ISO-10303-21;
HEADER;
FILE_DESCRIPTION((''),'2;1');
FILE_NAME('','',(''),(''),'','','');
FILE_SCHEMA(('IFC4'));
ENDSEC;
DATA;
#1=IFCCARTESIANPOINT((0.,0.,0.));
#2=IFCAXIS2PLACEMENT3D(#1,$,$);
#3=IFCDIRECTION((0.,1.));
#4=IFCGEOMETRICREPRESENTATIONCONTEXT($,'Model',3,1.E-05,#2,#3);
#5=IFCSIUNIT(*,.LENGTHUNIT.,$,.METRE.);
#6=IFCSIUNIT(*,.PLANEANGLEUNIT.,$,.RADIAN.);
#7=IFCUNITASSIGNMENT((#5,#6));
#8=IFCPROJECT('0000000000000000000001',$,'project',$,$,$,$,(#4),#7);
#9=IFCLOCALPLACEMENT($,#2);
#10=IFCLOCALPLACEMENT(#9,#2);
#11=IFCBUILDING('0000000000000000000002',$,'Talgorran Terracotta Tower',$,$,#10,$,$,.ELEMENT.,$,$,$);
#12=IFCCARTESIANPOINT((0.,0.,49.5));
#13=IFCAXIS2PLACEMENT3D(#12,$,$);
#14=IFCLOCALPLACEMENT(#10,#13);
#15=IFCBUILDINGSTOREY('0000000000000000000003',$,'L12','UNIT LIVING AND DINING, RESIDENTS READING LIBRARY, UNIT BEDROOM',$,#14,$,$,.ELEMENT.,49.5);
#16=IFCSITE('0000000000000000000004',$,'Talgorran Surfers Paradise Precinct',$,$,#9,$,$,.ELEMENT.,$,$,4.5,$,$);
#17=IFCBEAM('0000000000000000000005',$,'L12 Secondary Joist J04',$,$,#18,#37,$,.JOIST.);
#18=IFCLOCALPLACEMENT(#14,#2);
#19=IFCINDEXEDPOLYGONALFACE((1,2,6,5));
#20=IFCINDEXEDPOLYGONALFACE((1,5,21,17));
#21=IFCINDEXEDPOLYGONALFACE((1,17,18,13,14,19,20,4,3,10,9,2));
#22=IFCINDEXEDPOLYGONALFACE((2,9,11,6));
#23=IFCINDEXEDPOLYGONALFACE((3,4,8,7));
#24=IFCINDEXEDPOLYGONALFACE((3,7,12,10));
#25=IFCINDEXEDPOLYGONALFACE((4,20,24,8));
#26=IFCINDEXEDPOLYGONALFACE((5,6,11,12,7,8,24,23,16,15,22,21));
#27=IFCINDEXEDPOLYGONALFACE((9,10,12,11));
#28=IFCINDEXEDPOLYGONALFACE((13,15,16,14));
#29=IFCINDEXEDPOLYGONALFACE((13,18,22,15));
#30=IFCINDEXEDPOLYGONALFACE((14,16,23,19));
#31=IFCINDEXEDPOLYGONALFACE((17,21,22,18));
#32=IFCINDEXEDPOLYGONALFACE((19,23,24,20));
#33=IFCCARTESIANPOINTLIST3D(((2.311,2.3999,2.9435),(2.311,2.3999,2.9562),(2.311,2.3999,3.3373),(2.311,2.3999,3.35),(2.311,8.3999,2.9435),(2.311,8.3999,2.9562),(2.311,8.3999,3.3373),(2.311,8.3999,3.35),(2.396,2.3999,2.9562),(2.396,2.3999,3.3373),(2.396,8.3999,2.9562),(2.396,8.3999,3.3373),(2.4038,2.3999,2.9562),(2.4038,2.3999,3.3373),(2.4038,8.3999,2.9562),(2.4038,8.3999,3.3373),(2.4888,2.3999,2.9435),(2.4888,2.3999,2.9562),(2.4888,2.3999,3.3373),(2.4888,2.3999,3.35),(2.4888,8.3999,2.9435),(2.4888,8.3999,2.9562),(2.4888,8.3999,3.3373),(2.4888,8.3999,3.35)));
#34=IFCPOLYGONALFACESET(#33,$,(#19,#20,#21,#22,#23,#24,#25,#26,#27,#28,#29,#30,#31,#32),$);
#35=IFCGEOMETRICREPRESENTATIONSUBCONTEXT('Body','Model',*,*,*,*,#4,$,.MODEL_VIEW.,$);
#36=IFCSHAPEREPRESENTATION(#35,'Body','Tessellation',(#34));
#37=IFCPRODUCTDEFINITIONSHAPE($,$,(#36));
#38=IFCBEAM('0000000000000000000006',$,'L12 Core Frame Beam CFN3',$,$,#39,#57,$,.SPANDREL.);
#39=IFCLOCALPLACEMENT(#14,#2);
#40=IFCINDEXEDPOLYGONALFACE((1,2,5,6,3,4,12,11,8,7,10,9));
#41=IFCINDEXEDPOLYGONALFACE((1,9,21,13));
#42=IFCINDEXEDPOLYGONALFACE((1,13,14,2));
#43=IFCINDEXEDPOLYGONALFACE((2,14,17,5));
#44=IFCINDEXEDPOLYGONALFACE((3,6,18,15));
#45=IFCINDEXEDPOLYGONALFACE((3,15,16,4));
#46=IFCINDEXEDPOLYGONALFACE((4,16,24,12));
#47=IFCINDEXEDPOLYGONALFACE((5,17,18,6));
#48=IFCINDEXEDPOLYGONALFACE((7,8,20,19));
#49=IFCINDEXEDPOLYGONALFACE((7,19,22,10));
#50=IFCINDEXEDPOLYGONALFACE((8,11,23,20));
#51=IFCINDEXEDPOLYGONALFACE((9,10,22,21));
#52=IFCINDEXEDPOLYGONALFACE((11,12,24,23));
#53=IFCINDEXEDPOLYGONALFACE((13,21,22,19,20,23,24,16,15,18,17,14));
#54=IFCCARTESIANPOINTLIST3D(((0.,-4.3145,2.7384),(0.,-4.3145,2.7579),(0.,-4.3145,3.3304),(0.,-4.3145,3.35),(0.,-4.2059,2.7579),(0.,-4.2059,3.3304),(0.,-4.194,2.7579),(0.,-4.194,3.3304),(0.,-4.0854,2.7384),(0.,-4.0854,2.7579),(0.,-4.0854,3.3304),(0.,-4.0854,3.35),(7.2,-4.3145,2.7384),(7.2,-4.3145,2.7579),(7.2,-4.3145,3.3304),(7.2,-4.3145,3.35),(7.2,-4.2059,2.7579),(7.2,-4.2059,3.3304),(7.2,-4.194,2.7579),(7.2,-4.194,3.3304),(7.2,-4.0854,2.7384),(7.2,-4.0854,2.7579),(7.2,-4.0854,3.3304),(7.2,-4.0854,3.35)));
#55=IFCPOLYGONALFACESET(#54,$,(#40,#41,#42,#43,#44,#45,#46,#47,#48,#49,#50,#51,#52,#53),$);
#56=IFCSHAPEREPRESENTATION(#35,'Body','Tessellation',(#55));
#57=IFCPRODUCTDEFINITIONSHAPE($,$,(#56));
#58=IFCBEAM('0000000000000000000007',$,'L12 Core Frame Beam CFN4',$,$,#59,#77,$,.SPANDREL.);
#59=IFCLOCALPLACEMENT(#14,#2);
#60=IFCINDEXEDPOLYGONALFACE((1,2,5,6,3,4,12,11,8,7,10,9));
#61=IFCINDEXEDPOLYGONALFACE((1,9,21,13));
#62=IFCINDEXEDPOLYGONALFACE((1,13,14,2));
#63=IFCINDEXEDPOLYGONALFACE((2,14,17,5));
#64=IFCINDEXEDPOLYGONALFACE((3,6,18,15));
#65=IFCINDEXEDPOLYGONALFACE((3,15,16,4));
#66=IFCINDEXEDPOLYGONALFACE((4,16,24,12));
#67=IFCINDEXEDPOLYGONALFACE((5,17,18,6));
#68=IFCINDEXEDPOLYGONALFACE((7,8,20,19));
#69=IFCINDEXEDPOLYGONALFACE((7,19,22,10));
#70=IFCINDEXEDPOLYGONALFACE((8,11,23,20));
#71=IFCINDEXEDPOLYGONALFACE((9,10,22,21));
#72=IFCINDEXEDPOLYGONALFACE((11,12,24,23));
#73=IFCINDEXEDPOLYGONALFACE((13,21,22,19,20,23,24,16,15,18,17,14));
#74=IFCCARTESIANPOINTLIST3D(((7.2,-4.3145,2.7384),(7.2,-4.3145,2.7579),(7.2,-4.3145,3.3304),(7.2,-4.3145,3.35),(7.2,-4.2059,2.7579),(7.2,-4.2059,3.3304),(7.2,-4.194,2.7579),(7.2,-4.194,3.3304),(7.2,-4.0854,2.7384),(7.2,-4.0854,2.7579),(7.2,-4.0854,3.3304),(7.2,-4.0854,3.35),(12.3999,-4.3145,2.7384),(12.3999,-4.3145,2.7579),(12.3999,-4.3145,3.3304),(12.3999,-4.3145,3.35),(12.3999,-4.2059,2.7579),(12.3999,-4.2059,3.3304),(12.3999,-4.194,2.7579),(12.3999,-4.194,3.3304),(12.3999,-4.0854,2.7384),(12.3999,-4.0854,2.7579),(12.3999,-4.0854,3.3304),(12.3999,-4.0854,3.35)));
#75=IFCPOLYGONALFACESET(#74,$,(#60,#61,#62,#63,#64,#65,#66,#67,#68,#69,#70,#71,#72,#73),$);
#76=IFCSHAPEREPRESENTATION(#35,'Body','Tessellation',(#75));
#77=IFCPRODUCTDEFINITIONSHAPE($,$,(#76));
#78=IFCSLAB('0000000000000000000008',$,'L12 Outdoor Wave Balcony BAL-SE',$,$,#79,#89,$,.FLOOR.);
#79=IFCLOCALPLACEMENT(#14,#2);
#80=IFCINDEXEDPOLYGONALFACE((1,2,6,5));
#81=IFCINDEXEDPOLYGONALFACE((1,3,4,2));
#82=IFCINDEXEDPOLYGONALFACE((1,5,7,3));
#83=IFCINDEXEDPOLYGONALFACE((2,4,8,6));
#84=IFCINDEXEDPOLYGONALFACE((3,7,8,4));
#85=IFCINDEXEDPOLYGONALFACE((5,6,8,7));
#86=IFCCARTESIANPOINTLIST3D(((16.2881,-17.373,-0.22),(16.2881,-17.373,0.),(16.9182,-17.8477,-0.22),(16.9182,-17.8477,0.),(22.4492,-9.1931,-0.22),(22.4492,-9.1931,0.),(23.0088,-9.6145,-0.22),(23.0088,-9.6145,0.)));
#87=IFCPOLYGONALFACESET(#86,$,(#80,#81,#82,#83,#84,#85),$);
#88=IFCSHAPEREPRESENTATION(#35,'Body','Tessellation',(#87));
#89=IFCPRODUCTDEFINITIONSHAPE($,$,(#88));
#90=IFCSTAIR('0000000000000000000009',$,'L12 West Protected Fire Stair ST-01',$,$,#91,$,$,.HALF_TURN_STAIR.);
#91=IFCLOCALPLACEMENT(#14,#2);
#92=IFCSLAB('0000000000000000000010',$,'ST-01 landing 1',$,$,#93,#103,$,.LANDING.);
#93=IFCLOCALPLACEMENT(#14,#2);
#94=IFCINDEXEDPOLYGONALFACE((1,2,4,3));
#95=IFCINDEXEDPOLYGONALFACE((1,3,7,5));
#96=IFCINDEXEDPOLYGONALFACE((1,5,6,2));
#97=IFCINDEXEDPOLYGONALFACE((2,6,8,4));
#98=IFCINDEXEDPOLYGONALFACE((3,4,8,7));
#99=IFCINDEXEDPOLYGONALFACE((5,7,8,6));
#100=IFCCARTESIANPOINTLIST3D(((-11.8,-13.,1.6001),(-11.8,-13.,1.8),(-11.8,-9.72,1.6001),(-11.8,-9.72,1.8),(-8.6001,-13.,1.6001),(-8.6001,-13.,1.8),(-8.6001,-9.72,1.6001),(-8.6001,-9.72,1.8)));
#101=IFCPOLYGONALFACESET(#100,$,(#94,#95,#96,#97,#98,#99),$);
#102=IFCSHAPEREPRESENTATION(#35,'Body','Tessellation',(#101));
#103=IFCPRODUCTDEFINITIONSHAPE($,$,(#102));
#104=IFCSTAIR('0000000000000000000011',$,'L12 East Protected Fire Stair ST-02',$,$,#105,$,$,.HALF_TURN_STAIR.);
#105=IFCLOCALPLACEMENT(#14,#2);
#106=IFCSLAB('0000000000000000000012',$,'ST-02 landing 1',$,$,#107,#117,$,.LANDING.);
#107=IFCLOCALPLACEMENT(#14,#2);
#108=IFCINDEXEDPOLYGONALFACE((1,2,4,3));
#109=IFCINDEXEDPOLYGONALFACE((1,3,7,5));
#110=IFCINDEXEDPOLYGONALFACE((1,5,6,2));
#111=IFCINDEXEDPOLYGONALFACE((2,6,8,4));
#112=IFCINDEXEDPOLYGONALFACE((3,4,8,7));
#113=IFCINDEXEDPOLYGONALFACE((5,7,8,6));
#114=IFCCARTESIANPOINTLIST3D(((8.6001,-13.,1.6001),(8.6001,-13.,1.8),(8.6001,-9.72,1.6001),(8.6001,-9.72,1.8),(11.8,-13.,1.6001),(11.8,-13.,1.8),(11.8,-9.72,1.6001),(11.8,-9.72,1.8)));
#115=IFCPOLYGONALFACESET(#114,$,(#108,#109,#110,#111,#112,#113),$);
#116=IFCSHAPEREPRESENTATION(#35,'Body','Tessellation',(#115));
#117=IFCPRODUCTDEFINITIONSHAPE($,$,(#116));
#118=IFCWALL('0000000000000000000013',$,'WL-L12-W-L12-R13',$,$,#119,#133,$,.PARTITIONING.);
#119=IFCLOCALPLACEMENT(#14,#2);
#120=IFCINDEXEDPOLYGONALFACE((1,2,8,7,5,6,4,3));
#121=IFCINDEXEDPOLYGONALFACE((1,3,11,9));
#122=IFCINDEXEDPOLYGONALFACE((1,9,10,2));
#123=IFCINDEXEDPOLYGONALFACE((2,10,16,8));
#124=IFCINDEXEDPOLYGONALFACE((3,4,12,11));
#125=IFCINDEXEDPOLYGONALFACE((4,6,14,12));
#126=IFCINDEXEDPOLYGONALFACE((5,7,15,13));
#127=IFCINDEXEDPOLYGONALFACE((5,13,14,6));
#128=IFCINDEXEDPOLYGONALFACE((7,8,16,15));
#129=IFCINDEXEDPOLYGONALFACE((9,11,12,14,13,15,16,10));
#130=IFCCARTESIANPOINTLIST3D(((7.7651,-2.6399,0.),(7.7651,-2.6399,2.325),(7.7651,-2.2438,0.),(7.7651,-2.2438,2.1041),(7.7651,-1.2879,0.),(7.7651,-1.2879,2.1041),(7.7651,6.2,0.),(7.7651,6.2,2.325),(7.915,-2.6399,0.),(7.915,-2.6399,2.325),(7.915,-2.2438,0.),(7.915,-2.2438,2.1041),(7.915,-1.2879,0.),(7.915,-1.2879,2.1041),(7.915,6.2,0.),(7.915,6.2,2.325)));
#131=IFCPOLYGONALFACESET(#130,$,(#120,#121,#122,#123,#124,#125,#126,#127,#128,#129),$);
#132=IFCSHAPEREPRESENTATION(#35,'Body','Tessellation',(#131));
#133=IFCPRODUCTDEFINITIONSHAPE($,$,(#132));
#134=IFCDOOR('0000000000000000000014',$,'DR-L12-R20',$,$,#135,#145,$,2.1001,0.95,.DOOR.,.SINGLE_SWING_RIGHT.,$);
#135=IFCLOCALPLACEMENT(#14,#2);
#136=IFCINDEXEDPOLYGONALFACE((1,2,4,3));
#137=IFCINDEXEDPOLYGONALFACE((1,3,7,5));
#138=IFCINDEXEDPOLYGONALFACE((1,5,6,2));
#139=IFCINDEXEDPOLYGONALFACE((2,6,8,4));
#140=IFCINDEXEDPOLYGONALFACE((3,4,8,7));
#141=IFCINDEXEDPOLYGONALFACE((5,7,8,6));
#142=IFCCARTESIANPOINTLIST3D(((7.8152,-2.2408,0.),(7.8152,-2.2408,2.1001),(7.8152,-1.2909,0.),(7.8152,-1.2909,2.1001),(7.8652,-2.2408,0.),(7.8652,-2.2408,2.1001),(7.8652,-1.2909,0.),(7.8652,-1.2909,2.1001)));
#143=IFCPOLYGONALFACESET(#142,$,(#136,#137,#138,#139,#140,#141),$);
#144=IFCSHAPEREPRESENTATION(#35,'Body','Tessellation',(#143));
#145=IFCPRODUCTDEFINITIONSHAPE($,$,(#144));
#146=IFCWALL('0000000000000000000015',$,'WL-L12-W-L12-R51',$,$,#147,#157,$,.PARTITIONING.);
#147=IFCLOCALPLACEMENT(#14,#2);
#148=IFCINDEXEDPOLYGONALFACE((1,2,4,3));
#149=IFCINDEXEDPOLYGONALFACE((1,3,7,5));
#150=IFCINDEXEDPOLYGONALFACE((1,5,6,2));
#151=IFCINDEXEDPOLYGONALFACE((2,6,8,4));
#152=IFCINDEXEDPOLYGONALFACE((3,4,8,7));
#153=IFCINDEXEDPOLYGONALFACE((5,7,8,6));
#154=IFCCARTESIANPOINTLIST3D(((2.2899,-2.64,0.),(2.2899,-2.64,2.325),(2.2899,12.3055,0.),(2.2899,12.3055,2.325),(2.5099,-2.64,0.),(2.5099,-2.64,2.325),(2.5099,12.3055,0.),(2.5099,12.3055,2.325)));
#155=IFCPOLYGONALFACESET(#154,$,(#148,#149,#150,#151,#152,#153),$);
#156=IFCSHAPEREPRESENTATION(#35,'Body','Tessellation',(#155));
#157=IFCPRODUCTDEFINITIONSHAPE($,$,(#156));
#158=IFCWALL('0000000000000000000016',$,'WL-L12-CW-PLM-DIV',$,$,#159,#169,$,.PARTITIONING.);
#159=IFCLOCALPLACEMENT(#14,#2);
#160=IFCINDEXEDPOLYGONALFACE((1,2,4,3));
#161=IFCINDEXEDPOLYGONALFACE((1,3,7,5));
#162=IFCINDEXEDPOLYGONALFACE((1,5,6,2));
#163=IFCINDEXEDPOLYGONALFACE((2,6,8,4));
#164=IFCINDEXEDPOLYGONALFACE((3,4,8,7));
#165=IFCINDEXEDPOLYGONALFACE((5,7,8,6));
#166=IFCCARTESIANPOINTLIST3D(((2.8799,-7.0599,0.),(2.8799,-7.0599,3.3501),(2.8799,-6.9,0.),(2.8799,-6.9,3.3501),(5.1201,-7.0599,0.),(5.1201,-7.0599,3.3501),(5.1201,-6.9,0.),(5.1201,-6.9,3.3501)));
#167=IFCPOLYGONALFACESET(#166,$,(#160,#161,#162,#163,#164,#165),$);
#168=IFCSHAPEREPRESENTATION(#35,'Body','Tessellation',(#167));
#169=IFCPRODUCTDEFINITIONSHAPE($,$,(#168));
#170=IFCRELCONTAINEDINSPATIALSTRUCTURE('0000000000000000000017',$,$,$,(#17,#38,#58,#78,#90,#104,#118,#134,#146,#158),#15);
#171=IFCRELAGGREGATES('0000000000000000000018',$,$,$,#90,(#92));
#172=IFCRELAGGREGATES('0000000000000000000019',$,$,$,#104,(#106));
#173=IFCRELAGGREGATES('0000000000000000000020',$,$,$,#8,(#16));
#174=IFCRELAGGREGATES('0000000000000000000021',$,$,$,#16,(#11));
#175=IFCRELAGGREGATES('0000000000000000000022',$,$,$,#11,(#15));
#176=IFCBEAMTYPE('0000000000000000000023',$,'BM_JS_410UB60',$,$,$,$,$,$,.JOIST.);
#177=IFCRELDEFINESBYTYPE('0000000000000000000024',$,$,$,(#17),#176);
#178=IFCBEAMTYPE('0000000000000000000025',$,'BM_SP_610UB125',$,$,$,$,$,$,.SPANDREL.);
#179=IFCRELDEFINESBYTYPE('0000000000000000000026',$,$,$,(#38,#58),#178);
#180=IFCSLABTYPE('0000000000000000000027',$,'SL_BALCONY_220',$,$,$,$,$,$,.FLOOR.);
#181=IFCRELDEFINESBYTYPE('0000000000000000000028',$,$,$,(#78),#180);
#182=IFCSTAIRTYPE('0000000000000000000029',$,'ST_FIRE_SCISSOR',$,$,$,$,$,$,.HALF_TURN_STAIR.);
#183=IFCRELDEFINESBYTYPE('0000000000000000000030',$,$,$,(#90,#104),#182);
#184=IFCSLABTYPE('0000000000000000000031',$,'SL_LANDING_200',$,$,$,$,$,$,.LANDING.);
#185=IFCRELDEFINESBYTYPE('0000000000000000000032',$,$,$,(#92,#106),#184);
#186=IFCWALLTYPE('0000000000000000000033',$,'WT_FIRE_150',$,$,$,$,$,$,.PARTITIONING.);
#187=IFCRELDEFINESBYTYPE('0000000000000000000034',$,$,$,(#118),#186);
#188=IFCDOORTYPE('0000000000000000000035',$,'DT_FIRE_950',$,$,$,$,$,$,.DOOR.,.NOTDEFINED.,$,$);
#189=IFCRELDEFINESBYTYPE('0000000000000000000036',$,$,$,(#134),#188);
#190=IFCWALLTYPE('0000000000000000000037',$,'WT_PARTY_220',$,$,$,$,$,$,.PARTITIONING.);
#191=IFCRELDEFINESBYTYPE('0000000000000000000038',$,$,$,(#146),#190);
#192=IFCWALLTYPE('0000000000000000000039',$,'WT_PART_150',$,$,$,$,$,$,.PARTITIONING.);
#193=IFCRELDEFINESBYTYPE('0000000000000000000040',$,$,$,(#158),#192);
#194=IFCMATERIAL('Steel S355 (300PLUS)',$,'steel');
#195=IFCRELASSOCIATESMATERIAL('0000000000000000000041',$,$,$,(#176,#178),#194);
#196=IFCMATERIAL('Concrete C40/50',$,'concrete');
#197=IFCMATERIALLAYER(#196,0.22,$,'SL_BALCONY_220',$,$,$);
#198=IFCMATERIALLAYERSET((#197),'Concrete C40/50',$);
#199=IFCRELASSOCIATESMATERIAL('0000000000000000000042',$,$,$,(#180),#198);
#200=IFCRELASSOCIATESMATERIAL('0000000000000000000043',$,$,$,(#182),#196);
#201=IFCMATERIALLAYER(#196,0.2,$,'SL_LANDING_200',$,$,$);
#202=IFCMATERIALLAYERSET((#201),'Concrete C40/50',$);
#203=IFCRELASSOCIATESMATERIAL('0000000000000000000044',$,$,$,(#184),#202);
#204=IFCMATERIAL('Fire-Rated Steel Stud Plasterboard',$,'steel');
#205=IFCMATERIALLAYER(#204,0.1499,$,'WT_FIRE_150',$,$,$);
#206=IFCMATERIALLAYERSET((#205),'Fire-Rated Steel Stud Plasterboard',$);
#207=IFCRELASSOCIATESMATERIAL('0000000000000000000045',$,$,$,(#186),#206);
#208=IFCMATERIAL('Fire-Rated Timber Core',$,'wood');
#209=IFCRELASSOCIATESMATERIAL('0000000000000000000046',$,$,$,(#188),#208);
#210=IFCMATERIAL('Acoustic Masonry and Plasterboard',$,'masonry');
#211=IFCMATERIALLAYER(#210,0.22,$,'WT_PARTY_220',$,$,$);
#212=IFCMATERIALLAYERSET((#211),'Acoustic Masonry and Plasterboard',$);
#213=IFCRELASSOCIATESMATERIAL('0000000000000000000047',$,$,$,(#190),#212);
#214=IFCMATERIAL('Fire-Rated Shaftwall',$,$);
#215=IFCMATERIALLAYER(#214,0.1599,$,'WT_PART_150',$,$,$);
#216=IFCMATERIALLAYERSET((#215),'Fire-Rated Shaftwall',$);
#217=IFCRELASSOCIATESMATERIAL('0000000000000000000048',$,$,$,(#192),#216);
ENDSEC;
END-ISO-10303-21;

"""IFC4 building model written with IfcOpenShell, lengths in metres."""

from ifc_helpers import new_model, si_unit, direction, frame, frame_2d, origin, origin_2d, place, context, subcontext, project, spatial, polyline, rectangle, i_section, outline, extrude, material, layer, layer_set, material_profile, profile_set, type_object, element, fill, aggregate, save


model = new_model("IFC4")

# Units and contexts
model_context = context("Model", 3, precision=1e-05, world=origin(), true_north=direction((0.0, 1.0)))
body_context = subcontext(model_context, "Body", "Model", "MODEL_VIEW")
ifc_project = project(units=[si_unit("LENGTHUNIT", "METRE"), si_unit("PLANEANGLEUNIT", "RADIAN")], contexts=[model_context])

# Site, building, storey
site_placement = place(None, origin())
site = spatial("IfcSite", under=ifc_project, at=site_placement, Name="Talgorran Surfers Paradise Precinct", CompositionType="ELEMENT", RefElevation=4.5)
building_placement = place(site_placement, origin())
building = spatial("IfcBuilding", under=site, at=building_placement, Name="Talgorran Terracotta Tower", CompositionType="ELEMENT")
storey_placement = place(building_placement, frame((0.0, 0.0, 49.5)))
storey = spatial("IfcBuildingStorey", under=building, at=storey_placement, Name="L12", Description="UNIT LIVING AND DINING, RESIDENTS READING LIBRARY, UNIT BEDROOM", CompositionType="ELEMENT", Elevation=49.5)

# Shared definitions
ifc_material_1 = material(Name="Steel S355 (300PLUS)", Category="steel")

# Beams
ifc_material_profile_1 = material_profile(ifc_material_1, i_section(OverallWidth=0.1777, OverallDepth=0.4065, WebThickness=0.0078, FlangeThickness=0.0127, at=origin_2d()), Name="410UB59.7")
ifc_profile_set_1 = profile_set([ifc_material_profile_1], Name="Steel S355 (300PLUS)")
beam_type_1 = type_object("IfcBeamType", Name="BM_JS_410UB60", PredefinedType="JOIST", material=ifc_profile_set_1)
beam_1_placement = place(storey_placement, frame((2.3999, 2.3999, 3.1467), z_axis=(0.0, 1.0, 0.0), x_axis=(-1.0, 0.0, 0.0)))
element("IfcBeam", 1, at=beam_1_placement, inside=storey, type_object=beam_type_1, Name="L12 Secondary Joist J04", PredefinedType="JOIST", context=body_context, shape_type="SweptSolid", body=[
    extrude(i_section(OverallWidth=0.1777, OverallDepth=0.4065, WebThickness=0.0078, FlangeThickness=0.0127, at=origin_2d()), origin(), (0.0, 0.0, 1.0), 6.0),
])
ifc_material_profile_2 = material_profile(ifc_material_1, i_section(OverallWidth=0.229, OverallDepth=0.6116, WebThickness=0.012, FlangeThickness=0.0195, at=origin_2d()), Name="610UB125")
ifc_profile_set_2 = profile_set([ifc_material_profile_2], Name="Steel S355 (300PLUS)")
beam_type_2 = type_object("IfcBeamType", Name="BM_SP_610UB125", PredefinedType="SPANDREL", material=ifc_profile_set_2)
beam_2_placement = place(storey_placement, frame((0.0, -4.2, 3.0442), z_axis=(1.0, 0.0, 0.0), x_axis=(0.0, 1.0, 0.0)))
element("IfcBeam", 2, at=beam_2_placement, inside=storey, type_object=beam_type_2, Name="L12 Core Frame Beam CFN3", PredefinedType="SPANDREL", context=body_context, shape_type="SweptSolid", body=[
    extrude(i_section(OverallWidth=0.229, OverallDepth=0.6116, WebThickness=0.012, FlangeThickness=0.0195, at=origin_2d()), origin(), (0.0, 0.0, 1.0), 7.2),
])
beam_3_placement = place(storey_placement, frame((7.2, -4.2, 3.0442), z_axis=(1.0, 0.0, 0.0), x_axis=(0.0, 1.0, 0.0)))
element("IfcBeam", 3, at=beam_3_placement, inside=storey, type_object=beam_type_2, Name="L12 Core Frame Beam CFN4", PredefinedType="SPANDREL", context=body_context, shape_type="SweptSolid", body=[
    extrude(i_section(OverallWidth=0.229, OverallDepth=0.6116, WebThickness=0.012, FlangeThickness=0.0195, at=origin_2d()), origin(), (0.0, 0.0, 1.0), 5.2),
])

# Slab
ifc_material_2 = material(Name="Concrete C40/50", Category="concrete")
ifc_layer_1 = layer(ifc_material_2, 0.22, Name="SL_BALCONY_220")
ifc_layer_set_1 = layer_set([ifc_layer_1], Name="Concrete C40/50")
slab_type_1 = type_object("IfcSlabType", Name="SL_BALCONY_220", PredefinedType="FLOOR", material=ifc_layer_set_1)
slab_1_placement = place(storey_placement, frame((0.0, 0.0, -0.22)))
element("IfcSlab", 4, at=slab_1_placement, inside=storey, type_object=slab_type_1, Name="L12 Outdoor Wave Balcony BAL-SE", PredefinedType="FLOOR", context=body_context, shape_type="SweptSolid", body=[
    extrude(outline(polyline([(22.4492, -9.1931), (16.2881, -17.373), (16.9182, -17.8477), (23.0088, -9.6145), (22.4492, -9.1931)])), origin(), (0.0, 0.0, 1.0), 0.22),
])

# Stairs, slabs
stair_type = type_object("IfcStairType", Name="ST_FIRE_SCISSOR", PredefinedType="HALF_TURN_STAIR", material=ifc_material_2)
stair_1_placement = place(storey_placement, origin())
stair_1 = element("IfcStair", 5, at=stair_1_placement, inside=storey, type_object=stair_type, Name="L12 West Protected Fire Stair ST-01", PredefinedType="HALF_TURN_STAIR")
ifc_layer_2 = layer(ifc_material_2, 0.2, Name="SL_LANDING_200")
ifc_layer_set_2 = layer_set([ifc_layer_2], Name="Concrete C40/50")
slab_type_2 = type_object("IfcSlabType", Name="SL_LANDING_200", PredefinedType="LANDING", material=ifc_layer_set_2)
slab_2_placement = place(storey_placement, frame((0.0, 0.0, 1.6001)))
slab_2 = element("IfcSlab", 6, at=slab_2_placement, type_object=slab_type_2, Name="ST-01 landing 1", PredefinedType="LANDING", context=body_context, shape_type="SweptSolid", body=[
    extrude(outline(polyline([(-11.8, -9.72), (-11.8, -13.0), (-8.6001, -13.0), (-8.6001, -9.72), (-11.8, -9.72)])), origin(), (0.0, 0.0, 1.0), 0.2),
])
aggregate(stair_1, [slab_2])
stair_2_placement = place(storey_placement, origin())
stair_2 = element("IfcStair", 7, at=stair_2_placement, inside=storey, type_object=stair_type, Name="L12 East Protected Fire Stair ST-02", PredefinedType="HALF_TURN_STAIR")
slab_3_placement = place(storey_placement, frame((0.0, 0.0, 1.6001)))
slab_3 = element("IfcSlab", 8, at=slab_3_placement, type_object=slab_type_2, Name="ST-02 landing 1", PredefinedType="LANDING", context=body_context, shape_type="SweptSolid", body=[
    extrude(outline(polyline([(8.6001, -9.72), (8.6001, -13.0), (11.8, -13.0), (11.8, -9.72), (8.6001, -9.72)])), origin(), (0.0, 0.0, 1.0), 0.2),
])
aggregate(stair_2, [slab_3])

# Wall, opening, door
ifc_material_3 = material(Name="Fire-Rated Steel Stud Plasterboard", Category="steel")
ifc_layer_3 = layer(ifc_material_3, 0.1499, Name="WT_FIRE_150")
ifc_layer_set_3 = layer_set([ifc_layer_3], Name="Fire-Rated Steel Stud Plasterboard")
wall_type_1 = type_object("IfcWallType", Name="WT_FIRE_150", PredefinedType="PARTITIONING", material=ifc_layer_set_3)
wall_1_placement = place(storey_placement, frame((7.8401, -2.6399, 0.0), z_axis=(0.0, 0.0, 1.0), x_axis=(0.0, 1.0, 0.0)))
wall_1 = element("IfcWall", 9, at=wall_1_placement, inside=storey, type_object=wall_type_1, Name="WL-L12-W-L12-R13", PredefinedType="PARTITIONING", context=body_context, shape_type="SweptSolid", body=[
    extrude(rectangle(XDim=8.8398, YDim=0.1499, at=frame_2d((4.4199, 0.0))), origin(), (0.0, 0.0, 1.0), 2.325),
])
opening_placement = place(wall_1_placement, frame((0.3989, 0.0, 0.0)))
opening = element("IfcOpeningElement", 10, at=opening_placement, cuts=wall_1, PredefinedType="OPENING", context=body_context, shape_type="SweptSolid", body=[
    extrude(rectangle(XDim=0.956, YDim=2.1041, at=frame_2d((0.4751, 1.052))), frame((0.0, 0.085, 0.0), z_axis=(0.0, -1.0, 0.0), x_axis=(1.0, 0.0, 0.0)), (0.0, 0.0, 1.0), 0.1699),
])
ifc_material_4 = material(Name="Fire-Rated Timber Core", Category="wood")
door_type = type_object("IfcDoorType", Name="DT_FIRE_950", OperationType="NOTDEFINED", PredefinedType="DOOR", material=ifc_material_4)
door_placement = place(opening_placement, origin())
door = element("IfcDoor", 11, at=door_placement, inside=storey, type_object=door_type, Name="DR-L12-R20", OperationType="SINGLE_SWING_RIGHT", OverallHeight=2.1001, OverallWidth=0.95, PredefinedType="DOOR", context=body_context, shape_type="SweptSolid", body=[
    extrude(rectangle(XDim=0.95, YDim=2.1001, at=frame_2d((0.4751, 1.05))), frame((0.0, 0.0249, 0.0), z_axis=(0.0, -1.0, 0.0), x_axis=(1.0, 0.0, 0.0)), (0.0, 0.0, 1.0), 0.05),
])
fill(opening, door)

# Walls
ifc_material_5 = material(Name="Acoustic Masonry and Plasterboard", Category="masonry")
ifc_layer_4 = layer(ifc_material_5, 0.22, Name="WT_PARTY_220")
ifc_layer_set_4 = layer_set([ifc_layer_4], Name="Acoustic Masonry and Plasterboard")
wall_type_2 = type_object("IfcWallType", Name="WT_PARTY_220", PredefinedType="PARTITIONING", material=ifc_layer_set_4)
wall_2_placement = place(storey_placement, frame((2.3999, -2.6399, 0.0), z_axis=(0.0, 0.0, 1.0), x_axis=(0.0, 1.0, 0.0)))
element("IfcWall", 12, at=wall_2_placement, inside=storey, type_object=wall_type_2, Name="WL-L12-W-L12-R51", PredefinedType="PARTITIONING", context=body_context, shape_type="SweptSolid", body=[
    extrude(rectangle(XDim=14.9456, YDim=0.22, at=frame_2d((7.4727, 0.0))), origin(), (0.0, 0.0, 1.0), 2.325),
])
ifc_material_6 = material(Name="Fire-Rated Shaftwall")
ifc_layer_5 = layer(ifc_material_6, 0.1599, Name="WT_PART_150")
ifc_layer_set_5 = layer_set([ifc_layer_5], Name="Fire-Rated Shaftwall")
wall_type_3 = type_object("IfcWallType", Name="WT_PART_150", PredefinedType="PARTITIONING", material=ifc_layer_set_5)
wall_3_placement = place(storey_placement, frame((2.8799, -6.98, 0.0), z_axis=(0.0, 0.0, 1.0), x_axis=(1.0, 0.0, 0.0)))
element("IfcWall", 13, at=wall_3_placement, inside=storey, type_object=wall_type_3, Name="WL-L12-CW-PLM-DIV", PredefinedType="PARTITIONING", context=body_context, shape_type="SweptSolid", body=[
    extrude(rectangle(XDim=2.2402, YDim=0.1599, at=frame_2d((1.1201, 0.0))), origin(), (0.0, 0.0, 1.0), 3.3501),
])

save(model, "model.ifc")
